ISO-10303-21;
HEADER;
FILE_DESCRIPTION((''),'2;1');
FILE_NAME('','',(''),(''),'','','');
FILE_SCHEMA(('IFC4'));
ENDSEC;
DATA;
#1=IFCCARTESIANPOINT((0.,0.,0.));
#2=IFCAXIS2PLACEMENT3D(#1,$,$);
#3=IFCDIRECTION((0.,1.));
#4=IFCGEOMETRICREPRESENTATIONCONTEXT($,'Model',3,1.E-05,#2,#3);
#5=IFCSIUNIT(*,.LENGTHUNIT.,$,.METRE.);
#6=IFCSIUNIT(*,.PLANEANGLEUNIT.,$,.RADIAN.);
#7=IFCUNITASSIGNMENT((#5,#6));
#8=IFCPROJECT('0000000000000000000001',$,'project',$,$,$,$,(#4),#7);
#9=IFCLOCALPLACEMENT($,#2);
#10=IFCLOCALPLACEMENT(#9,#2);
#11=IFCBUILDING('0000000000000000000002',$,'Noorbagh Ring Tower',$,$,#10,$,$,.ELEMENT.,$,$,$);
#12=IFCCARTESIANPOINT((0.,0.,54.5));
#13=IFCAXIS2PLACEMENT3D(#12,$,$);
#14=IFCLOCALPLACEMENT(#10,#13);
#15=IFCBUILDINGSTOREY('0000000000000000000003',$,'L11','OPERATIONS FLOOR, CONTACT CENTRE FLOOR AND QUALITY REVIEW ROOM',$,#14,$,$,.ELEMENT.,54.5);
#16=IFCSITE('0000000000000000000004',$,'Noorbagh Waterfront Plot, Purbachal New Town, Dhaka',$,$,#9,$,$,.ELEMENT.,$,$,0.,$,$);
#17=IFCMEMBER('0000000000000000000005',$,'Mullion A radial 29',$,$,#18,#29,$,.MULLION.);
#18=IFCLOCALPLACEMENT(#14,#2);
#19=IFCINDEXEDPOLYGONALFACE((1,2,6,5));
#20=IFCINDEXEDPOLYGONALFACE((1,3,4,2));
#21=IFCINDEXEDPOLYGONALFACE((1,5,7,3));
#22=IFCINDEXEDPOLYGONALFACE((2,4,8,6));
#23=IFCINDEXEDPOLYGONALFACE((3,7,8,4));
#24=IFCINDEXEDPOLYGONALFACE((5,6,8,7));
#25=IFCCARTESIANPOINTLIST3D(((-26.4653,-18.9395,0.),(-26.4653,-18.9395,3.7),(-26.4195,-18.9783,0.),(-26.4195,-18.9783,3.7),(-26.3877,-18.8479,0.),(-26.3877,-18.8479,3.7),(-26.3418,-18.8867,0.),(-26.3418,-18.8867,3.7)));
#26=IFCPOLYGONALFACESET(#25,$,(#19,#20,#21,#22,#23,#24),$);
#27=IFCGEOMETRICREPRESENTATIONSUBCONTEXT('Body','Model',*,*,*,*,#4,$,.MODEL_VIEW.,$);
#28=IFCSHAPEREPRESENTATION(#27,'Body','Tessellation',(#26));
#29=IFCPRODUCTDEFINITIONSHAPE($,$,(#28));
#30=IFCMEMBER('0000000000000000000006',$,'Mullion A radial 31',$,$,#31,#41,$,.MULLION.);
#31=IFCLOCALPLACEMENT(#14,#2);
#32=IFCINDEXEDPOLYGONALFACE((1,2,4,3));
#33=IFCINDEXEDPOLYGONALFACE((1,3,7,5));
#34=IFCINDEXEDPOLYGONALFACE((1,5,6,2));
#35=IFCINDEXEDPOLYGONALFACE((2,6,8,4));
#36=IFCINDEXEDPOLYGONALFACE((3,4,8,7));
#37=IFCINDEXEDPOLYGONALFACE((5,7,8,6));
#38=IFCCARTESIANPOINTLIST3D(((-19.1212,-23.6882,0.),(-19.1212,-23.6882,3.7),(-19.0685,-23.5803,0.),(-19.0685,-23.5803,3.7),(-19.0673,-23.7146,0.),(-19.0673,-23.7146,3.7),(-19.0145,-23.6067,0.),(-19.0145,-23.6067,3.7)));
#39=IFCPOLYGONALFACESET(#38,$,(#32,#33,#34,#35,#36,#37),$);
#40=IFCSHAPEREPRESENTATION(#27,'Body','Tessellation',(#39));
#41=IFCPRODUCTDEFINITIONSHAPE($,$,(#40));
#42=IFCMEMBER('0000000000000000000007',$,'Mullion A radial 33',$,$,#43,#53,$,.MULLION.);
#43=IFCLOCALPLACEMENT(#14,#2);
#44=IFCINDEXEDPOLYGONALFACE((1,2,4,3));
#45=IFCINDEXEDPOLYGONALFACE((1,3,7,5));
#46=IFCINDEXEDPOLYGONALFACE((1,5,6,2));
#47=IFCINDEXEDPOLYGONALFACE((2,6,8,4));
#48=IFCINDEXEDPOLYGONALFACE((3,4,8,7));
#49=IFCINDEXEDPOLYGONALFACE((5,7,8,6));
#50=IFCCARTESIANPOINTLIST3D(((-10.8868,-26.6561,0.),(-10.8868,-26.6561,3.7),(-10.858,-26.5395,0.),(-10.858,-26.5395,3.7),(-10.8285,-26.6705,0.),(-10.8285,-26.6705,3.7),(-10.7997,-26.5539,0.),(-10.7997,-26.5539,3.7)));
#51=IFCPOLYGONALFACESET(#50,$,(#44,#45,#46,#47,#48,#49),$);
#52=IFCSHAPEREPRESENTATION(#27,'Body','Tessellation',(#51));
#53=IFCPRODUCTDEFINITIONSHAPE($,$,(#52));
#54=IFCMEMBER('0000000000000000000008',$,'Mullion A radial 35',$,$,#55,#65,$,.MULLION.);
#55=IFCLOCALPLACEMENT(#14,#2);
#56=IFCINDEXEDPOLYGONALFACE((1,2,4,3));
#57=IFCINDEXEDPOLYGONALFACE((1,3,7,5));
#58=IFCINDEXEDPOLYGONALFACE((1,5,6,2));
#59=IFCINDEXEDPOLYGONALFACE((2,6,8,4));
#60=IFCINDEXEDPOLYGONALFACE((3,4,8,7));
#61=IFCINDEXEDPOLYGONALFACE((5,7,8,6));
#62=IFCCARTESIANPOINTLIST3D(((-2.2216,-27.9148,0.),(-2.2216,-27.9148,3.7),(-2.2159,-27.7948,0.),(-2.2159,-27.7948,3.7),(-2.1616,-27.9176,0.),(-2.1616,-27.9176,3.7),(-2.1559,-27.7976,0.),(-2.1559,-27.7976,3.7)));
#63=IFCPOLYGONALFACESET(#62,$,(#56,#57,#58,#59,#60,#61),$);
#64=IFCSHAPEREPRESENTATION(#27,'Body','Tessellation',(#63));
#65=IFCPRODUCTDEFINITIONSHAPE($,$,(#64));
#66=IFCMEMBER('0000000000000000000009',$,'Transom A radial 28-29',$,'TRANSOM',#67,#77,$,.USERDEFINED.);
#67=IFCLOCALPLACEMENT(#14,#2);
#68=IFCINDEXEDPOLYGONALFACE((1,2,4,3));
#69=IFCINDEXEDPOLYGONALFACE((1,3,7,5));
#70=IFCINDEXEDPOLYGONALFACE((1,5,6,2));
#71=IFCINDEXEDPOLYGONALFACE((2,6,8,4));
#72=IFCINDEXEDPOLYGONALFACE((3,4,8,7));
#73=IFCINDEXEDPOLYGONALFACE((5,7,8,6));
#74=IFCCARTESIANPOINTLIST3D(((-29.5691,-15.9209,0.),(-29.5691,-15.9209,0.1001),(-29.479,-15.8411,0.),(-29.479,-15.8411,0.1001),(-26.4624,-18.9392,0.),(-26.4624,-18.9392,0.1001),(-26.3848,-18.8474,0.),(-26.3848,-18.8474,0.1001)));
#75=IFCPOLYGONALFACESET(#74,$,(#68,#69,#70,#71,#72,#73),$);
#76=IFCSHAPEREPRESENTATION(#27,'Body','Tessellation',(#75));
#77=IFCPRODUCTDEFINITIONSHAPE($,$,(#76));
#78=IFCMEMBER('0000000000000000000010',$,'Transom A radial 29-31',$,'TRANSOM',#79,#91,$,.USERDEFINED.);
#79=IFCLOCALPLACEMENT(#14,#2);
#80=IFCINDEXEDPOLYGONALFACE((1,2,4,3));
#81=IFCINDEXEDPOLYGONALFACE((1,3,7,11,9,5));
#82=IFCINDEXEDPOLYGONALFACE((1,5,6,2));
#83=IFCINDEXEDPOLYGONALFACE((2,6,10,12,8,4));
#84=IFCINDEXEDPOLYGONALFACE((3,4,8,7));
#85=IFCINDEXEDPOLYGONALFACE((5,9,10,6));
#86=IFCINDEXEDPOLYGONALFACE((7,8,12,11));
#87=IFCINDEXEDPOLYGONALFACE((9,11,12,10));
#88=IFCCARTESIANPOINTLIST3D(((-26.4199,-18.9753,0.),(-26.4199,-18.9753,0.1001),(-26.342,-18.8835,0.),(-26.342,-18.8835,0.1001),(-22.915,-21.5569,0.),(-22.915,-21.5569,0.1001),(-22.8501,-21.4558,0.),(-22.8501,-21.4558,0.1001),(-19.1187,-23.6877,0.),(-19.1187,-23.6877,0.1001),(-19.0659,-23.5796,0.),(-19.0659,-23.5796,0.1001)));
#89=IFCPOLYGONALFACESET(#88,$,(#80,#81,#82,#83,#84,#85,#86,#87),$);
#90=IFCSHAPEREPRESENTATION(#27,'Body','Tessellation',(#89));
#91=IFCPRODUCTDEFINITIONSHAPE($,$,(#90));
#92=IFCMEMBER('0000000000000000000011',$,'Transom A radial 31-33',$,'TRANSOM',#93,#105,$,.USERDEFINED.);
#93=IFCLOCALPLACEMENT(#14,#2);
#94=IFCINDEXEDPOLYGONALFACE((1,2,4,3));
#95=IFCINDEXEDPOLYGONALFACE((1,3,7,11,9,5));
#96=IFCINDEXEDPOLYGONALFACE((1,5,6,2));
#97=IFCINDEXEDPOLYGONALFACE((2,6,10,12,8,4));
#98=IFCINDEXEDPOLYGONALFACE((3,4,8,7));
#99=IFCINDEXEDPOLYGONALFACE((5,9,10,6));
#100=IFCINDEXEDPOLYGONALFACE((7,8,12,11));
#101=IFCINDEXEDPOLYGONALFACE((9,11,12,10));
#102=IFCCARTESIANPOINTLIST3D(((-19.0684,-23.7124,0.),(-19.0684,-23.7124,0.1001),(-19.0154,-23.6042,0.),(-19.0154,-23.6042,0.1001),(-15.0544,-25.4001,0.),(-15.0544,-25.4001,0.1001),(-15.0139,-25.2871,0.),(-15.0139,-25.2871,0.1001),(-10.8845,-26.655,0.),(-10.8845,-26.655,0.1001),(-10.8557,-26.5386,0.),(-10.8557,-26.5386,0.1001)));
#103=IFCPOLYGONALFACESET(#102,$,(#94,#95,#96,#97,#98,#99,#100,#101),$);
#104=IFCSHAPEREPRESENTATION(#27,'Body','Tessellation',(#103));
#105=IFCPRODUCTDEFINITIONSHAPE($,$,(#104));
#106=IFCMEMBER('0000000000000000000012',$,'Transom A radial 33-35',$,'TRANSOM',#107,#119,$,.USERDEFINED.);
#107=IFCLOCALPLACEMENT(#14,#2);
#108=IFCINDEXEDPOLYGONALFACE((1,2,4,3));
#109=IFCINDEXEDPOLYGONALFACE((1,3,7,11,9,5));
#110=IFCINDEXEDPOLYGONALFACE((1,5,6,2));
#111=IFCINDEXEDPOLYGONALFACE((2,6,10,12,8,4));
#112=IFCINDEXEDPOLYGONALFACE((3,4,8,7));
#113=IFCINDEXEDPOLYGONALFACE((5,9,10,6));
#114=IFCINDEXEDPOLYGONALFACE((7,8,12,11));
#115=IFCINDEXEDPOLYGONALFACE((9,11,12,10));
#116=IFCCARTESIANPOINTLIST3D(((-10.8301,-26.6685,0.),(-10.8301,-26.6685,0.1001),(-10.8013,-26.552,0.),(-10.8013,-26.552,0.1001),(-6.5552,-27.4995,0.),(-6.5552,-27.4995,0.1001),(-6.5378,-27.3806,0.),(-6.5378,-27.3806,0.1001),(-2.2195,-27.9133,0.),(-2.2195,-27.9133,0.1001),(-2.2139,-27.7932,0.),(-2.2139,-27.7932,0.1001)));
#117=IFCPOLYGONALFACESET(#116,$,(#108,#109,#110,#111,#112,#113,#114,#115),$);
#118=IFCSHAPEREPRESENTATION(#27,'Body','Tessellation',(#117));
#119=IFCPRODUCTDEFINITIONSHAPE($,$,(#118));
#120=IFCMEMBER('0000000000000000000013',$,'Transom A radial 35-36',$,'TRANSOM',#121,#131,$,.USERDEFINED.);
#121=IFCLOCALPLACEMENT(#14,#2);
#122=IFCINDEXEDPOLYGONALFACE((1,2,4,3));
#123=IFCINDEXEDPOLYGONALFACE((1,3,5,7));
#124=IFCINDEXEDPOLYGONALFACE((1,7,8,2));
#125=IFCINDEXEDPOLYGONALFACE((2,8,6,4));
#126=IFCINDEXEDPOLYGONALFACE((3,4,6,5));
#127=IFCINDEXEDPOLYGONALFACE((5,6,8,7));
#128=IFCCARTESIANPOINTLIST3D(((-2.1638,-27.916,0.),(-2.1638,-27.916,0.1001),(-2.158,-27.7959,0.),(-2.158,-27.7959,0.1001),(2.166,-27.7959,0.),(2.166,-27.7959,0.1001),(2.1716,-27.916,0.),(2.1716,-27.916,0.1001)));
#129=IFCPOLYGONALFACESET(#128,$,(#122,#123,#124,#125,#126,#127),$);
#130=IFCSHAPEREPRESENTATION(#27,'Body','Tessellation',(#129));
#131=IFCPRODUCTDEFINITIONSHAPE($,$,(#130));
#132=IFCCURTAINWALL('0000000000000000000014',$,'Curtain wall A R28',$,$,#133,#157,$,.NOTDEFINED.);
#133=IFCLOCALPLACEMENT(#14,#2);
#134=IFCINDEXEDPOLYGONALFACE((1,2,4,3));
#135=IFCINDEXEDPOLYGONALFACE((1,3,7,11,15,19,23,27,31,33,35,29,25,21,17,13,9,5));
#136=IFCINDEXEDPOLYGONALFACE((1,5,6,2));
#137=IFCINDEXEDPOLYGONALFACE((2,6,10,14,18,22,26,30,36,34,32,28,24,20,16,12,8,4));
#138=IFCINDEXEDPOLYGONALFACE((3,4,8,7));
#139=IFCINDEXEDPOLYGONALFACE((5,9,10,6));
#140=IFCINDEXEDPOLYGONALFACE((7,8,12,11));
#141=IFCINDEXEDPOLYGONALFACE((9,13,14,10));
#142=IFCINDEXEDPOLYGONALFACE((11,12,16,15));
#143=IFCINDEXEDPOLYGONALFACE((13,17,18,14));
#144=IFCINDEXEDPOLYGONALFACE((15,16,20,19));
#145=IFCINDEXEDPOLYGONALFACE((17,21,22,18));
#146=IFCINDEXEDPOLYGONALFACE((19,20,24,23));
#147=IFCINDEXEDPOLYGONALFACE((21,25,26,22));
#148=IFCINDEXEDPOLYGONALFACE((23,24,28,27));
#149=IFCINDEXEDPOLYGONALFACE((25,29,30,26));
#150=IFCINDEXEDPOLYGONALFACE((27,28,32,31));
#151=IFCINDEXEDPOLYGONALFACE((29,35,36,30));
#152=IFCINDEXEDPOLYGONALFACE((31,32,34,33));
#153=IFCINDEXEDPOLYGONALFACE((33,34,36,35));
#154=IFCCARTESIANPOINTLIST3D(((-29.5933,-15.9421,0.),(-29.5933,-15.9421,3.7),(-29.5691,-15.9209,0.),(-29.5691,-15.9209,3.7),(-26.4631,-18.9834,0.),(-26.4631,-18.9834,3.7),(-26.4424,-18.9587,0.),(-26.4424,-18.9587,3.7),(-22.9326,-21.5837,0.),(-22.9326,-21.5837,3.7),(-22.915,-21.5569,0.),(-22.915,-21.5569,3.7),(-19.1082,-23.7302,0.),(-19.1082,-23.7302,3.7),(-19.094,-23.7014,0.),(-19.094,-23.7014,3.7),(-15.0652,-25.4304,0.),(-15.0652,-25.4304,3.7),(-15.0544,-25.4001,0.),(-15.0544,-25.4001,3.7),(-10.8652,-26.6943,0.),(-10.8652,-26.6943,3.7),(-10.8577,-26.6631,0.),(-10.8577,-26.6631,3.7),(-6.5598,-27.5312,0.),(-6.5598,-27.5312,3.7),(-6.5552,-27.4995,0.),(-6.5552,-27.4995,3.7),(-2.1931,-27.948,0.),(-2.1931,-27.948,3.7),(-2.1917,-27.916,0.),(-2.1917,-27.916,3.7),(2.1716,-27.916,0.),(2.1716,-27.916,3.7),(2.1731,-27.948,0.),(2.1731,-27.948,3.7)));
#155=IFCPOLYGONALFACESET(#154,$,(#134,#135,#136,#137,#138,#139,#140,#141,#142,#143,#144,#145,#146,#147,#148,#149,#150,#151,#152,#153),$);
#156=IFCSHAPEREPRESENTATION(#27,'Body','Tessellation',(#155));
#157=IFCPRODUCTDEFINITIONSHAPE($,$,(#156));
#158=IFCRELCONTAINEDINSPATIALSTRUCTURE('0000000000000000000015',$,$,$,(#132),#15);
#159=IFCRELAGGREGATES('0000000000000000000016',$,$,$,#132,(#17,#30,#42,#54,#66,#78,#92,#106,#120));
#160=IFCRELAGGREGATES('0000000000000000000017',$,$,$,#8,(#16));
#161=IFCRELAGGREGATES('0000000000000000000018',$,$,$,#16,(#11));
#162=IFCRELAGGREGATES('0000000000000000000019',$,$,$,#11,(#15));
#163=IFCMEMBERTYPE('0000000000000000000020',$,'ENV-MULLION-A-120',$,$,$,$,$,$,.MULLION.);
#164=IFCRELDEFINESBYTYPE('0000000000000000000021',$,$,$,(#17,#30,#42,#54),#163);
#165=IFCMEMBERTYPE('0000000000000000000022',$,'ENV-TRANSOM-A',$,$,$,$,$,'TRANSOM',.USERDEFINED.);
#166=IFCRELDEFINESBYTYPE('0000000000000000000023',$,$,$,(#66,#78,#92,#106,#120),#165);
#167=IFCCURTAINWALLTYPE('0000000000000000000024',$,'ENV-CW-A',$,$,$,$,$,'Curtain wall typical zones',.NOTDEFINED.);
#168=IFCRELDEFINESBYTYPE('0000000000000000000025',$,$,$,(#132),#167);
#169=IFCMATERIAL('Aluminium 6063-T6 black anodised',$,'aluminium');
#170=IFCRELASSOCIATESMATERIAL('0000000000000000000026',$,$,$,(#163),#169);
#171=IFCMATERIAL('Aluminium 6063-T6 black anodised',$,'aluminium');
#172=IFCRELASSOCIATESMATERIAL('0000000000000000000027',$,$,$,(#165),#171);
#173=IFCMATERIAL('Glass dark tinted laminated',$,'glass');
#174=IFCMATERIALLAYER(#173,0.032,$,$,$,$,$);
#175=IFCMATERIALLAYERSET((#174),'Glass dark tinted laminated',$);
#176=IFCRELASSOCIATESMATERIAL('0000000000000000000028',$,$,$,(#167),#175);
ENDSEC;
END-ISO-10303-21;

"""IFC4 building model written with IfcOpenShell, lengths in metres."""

from ifc_helpers import new_model, si_unit, direction, frame, origin, origin_2d, place, context, subcontext, project, spatial, polyline, rectangle, outline, extrude, material, layer, layer_set, material_profile, profile_set, type_object, element, aggregate, save


model = new_model("IFC4")

# Units and contexts
model_context = context("Model", 3, precision=1e-05, world=origin(), true_north=direction((0.0, 1.0)))
body_context = subcontext(model_context, "Body", "Model", "MODEL_VIEW")
ifc_project = project(units=[si_unit("LENGTHUNIT", "METRE"), si_unit("PLANEANGLEUNIT", "RADIAN")], contexts=[model_context])

# Members
ifc_material_1 = material(Name="Aluminium 6063-T6 black anodised", Category="aluminium")
ifc_material_profile_1 = material_profile(ifc_material_1, rectangle(XDim=0.1201, YDim=0.0601, at=origin_2d()), Name="120x60")
ifc_profile_set_1 = profile_set([ifc_material_profile_1], Name="Aluminium 6063-T6 black anodised")
member_type_1 = type_object("IfcMemberType", Name="ENV-MULLION-A-120", PredefinedType="MULLION", material=ifc_profile_set_1)
site_placement = place(None, origin())
building_placement = place(site_placement, origin())
storey_placement = place(building_placement, frame((0.0, 0.0, 54.5)))
member_1_placement = place(storey_placement, frame((-26.4036, -18.9131, 0.0), z_axis=(0.0, 0.0, 1.0), x_axis=(0.646451, 0.762955, 0.0)))
member_1 = element("IfcMember", 1, at=member_1_placement, type_object=member_type_1, Name="Mullion A radial 29", PredefinedType="MULLION", context=body_context, shape_type="SweptSolid", body=[
    extrude(rectangle(XDim=0.1201, YDim=0.0601, at=origin_2d()), origin(), (0.0, 0.0, 1.0), 3.7),
])
member_2_placement = place(storey_placement, frame((-19.0679, -23.6475, 0.0), z_axis=(0.0, 0.0, 1.0), x_axis=(0.439238, 0.898371, 0.0)))
member_2 = element("IfcMember", 2, at=member_2_placement, type_object=member_type_1, Name="Mullion A radial 31", PredefinedType="MULLION", context=body_context, shape_type="SweptSolid", body=[
    extrude(rectangle(XDim=0.1201, YDim=0.0601, at=origin_2d()), origin(), (0.0, 0.0, 1.0), 3.7),
])
member_3_placement = place(storey_placement, frame((-10.8433, -26.605, 0.0), z_axis=(0.0, 0.0, 1.0), x_axis=(0.239799, 0.970823, 0.0)))
member_3 = element("IfcMember", 3, at=member_3_placement, type_object=member_type_1, Name="Mullion A radial 33", PredefinedType="MULLION", context=body_context, shape_type="SweptSolid", body=[
    extrude(rectangle(XDim=0.1201, YDim=0.0601, at=origin_2d()), origin(), (0.0, 0.0, 1.0), 3.7),
])
member_4_placement = place(storey_placement, frame((-2.1887, -27.8562, 0.0), z_axis=(0.0, 0.0, 1.0), x_axis=(0.047558, 0.998868, 0.0)))
member_4 = element("IfcMember", 4, at=member_4_placement, type_object=member_type_1, Name="Mullion A radial 35", PredefinedType="MULLION", context=body_context, shape_type="SweptSolid", body=[
    extrude(rectangle(XDim=0.1201, YDim=0.0601, at=origin_2d()), origin(), (0.0, 0.0, 1.0), 3.7),
])
ifc_material_2 = material(Name="Aluminium 6063-T6 black anodised", Category="aluminium")
member_type_2 = type_object("IfcMemberType", Name="ENV-TRANSOM-A", ElementType="TRANSOM", PredefinedType="USERDEFINED", material=ifc_material_2)
member_5_placement = place(storey_placement, origin())
member_5 = element("IfcMember", 5, at=member_5_placement, type_object=member_type_2, Name="Transom A radial 28-29", ObjectType="TRANSOM", PredefinedType="USERDEFINED", context=body_context, shape_type="SweptSolid", body=[
    extrude(outline(polyline([(-29.5691, -15.9209), (-26.4624, -18.9392), (-26.3848, -18.8474), (-29.479, -15.8411), (-29.5691, -15.9209)])), origin(), (0.0, 0.0, 1.0), 0.1001),
])
member_6_placement = place(storey_placement, origin())
member_6 = element("IfcMember", 6, at=member_6_placement, type_object=member_type_2, Name="Transom A radial 29-31", ObjectType="TRANSOM", PredefinedType="USERDEFINED", context=body_context, shape_type="SweptSolid", body=[
    extrude(outline(polyline([(-26.4199, -18.9753), (-22.915, -21.5569), (-19.1187, -23.6877), (-19.0659, -23.5796), (-22.8501, -21.4558), (-26.342, -18.8835), (-26.4199, -18.9753)])), origin(), (0.0, 0.0, 1.0), 0.1001),
])
member_7_placement = place(storey_placement, origin())
member_7 = element("IfcMember", 7, at=member_7_placement, type_object=member_type_2, Name="Transom A radial 31-33", ObjectType="TRANSOM", PredefinedType="USERDEFINED", context=body_context, shape_type="SweptSolid", body=[
    extrude(outline(polyline([(-19.0684, -23.7124), (-15.0544, -25.4001), (-10.8845, -26.655), (-10.8557, -26.5386), (-15.0139, -25.2871), (-19.0154, -23.6042), (-19.0684, -23.7124)])), origin(), (0.0, 0.0, 1.0), 0.1001),
])
member_8_placement = place(storey_placement, origin())
member_8 = element("IfcMember", 8, at=member_8_placement, type_object=member_type_2, Name="Transom A radial 33-35", ObjectType="TRANSOM", PredefinedType="USERDEFINED", context=body_context, shape_type="SweptSolid", body=[
    extrude(outline(polyline([(-10.8301, -26.6685), (-6.5552, -27.4995), (-2.2195, -27.9133), (-2.2139, -27.7932), (-6.5378, -27.3806), (-10.8013, -26.552), (-10.8301, -26.6685)])), origin(), (0.0, 0.0, 1.0), 0.1001),
])
member_9_placement = place(storey_placement, origin())
member_9 = element("IfcMember", 9, at=member_9_placement, type_object=member_type_2, Name="Transom A radial 35-36", ObjectType="TRANSOM", PredefinedType="USERDEFINED", context=body_context, shape_type="SweptSolid", body=[
    extrude(outline(polyline([(-2.1638, -27.916), (2.1716, -27.916), (2.166, -27.7959), (-2.158, -27.7959), (-2.1638, -27.916)])), origin(), (0.0, 0.0, 1.0), 0.1001),
])

# Site, building, storey
site = spatial("IfcSite", under=ifc_project, at=site_placement, Name="Noorbagh Waterfront Plot, Purbachal New Town, Dhaka", CompositionType="ELEMENT", RefElevation=0.0)
building = spatial("IfcBuilding", under=site, at=building_placement, Name="Noorbagh Ring Tower", CompositionType="ELEMENT")
storey = spatial("IfcBuildingStorey", under=building, at=storey_placement, Name="L11", Description="OPERATIONS FLOOR, CONTACT CENTRE FLOOR AND QUALITY REVIEW ROOM", CompositionType="ELEMENT", Elevation=54.5)

# Curtain wall
ifc_material_3 = material(Name="Glass dark tinted laminated", Category="glass")
ifc_layer_1 = layer(ifc_material_3, 0.032)
ifc_layer_set_1 = layer_set([ifc_layer_1], Name="Glass dark tinted laminated")
curtain_wall_type_1 = type_object("IfcCurtainWallType", Name="ENV-CW-A", ElementType="Curtain wall typical zones", PredefinedType="NOTDEFINED", material=ifc_layer_set_1)
curtain_wall_1_placement = place(storey_placement, origin())
curtain_wall_1 = element("IfcCurtainWall", 10, at=curtain_wall_1_placement, inside=storey, type_object=curtain_wall_type_1, Name="Curtain wall A R28", PredefinedType="NOTDEFINED", context=body_context, shape_type="SweptSolid", body=[
    extrude(outline(polyline([(-29.5933, -15.9421), (-26.4631, -18.9834), (-22.9326, -21.5837), (-19.1082, -23.7302), (-15.0652, -25.4304), (-10.8652, -26.6943), (-6.5598, -27.5312), (-2.1931, -27.948), (2.1731, -27.948), (2.1716, -27.916), (-2.1917, -27.916), (-6.5552, -27.4995), (-10.8577, -26.6631), (-15.0544, -25.4001), (-19.094, -23.7014), (-22.915, -21.5569), (-26.4424, -18.9587), (-29.5691, -15.9209), (-29.5933, -15.9421)])), origin(), (0.0, 0.0, 1.0), 3.7),
])
aggregate(curtain_wall_1, [member_1, member_2, member_3, member_4, member_5, member_6, member_7, member_8, member_9])

save(model, "model.ifc")
